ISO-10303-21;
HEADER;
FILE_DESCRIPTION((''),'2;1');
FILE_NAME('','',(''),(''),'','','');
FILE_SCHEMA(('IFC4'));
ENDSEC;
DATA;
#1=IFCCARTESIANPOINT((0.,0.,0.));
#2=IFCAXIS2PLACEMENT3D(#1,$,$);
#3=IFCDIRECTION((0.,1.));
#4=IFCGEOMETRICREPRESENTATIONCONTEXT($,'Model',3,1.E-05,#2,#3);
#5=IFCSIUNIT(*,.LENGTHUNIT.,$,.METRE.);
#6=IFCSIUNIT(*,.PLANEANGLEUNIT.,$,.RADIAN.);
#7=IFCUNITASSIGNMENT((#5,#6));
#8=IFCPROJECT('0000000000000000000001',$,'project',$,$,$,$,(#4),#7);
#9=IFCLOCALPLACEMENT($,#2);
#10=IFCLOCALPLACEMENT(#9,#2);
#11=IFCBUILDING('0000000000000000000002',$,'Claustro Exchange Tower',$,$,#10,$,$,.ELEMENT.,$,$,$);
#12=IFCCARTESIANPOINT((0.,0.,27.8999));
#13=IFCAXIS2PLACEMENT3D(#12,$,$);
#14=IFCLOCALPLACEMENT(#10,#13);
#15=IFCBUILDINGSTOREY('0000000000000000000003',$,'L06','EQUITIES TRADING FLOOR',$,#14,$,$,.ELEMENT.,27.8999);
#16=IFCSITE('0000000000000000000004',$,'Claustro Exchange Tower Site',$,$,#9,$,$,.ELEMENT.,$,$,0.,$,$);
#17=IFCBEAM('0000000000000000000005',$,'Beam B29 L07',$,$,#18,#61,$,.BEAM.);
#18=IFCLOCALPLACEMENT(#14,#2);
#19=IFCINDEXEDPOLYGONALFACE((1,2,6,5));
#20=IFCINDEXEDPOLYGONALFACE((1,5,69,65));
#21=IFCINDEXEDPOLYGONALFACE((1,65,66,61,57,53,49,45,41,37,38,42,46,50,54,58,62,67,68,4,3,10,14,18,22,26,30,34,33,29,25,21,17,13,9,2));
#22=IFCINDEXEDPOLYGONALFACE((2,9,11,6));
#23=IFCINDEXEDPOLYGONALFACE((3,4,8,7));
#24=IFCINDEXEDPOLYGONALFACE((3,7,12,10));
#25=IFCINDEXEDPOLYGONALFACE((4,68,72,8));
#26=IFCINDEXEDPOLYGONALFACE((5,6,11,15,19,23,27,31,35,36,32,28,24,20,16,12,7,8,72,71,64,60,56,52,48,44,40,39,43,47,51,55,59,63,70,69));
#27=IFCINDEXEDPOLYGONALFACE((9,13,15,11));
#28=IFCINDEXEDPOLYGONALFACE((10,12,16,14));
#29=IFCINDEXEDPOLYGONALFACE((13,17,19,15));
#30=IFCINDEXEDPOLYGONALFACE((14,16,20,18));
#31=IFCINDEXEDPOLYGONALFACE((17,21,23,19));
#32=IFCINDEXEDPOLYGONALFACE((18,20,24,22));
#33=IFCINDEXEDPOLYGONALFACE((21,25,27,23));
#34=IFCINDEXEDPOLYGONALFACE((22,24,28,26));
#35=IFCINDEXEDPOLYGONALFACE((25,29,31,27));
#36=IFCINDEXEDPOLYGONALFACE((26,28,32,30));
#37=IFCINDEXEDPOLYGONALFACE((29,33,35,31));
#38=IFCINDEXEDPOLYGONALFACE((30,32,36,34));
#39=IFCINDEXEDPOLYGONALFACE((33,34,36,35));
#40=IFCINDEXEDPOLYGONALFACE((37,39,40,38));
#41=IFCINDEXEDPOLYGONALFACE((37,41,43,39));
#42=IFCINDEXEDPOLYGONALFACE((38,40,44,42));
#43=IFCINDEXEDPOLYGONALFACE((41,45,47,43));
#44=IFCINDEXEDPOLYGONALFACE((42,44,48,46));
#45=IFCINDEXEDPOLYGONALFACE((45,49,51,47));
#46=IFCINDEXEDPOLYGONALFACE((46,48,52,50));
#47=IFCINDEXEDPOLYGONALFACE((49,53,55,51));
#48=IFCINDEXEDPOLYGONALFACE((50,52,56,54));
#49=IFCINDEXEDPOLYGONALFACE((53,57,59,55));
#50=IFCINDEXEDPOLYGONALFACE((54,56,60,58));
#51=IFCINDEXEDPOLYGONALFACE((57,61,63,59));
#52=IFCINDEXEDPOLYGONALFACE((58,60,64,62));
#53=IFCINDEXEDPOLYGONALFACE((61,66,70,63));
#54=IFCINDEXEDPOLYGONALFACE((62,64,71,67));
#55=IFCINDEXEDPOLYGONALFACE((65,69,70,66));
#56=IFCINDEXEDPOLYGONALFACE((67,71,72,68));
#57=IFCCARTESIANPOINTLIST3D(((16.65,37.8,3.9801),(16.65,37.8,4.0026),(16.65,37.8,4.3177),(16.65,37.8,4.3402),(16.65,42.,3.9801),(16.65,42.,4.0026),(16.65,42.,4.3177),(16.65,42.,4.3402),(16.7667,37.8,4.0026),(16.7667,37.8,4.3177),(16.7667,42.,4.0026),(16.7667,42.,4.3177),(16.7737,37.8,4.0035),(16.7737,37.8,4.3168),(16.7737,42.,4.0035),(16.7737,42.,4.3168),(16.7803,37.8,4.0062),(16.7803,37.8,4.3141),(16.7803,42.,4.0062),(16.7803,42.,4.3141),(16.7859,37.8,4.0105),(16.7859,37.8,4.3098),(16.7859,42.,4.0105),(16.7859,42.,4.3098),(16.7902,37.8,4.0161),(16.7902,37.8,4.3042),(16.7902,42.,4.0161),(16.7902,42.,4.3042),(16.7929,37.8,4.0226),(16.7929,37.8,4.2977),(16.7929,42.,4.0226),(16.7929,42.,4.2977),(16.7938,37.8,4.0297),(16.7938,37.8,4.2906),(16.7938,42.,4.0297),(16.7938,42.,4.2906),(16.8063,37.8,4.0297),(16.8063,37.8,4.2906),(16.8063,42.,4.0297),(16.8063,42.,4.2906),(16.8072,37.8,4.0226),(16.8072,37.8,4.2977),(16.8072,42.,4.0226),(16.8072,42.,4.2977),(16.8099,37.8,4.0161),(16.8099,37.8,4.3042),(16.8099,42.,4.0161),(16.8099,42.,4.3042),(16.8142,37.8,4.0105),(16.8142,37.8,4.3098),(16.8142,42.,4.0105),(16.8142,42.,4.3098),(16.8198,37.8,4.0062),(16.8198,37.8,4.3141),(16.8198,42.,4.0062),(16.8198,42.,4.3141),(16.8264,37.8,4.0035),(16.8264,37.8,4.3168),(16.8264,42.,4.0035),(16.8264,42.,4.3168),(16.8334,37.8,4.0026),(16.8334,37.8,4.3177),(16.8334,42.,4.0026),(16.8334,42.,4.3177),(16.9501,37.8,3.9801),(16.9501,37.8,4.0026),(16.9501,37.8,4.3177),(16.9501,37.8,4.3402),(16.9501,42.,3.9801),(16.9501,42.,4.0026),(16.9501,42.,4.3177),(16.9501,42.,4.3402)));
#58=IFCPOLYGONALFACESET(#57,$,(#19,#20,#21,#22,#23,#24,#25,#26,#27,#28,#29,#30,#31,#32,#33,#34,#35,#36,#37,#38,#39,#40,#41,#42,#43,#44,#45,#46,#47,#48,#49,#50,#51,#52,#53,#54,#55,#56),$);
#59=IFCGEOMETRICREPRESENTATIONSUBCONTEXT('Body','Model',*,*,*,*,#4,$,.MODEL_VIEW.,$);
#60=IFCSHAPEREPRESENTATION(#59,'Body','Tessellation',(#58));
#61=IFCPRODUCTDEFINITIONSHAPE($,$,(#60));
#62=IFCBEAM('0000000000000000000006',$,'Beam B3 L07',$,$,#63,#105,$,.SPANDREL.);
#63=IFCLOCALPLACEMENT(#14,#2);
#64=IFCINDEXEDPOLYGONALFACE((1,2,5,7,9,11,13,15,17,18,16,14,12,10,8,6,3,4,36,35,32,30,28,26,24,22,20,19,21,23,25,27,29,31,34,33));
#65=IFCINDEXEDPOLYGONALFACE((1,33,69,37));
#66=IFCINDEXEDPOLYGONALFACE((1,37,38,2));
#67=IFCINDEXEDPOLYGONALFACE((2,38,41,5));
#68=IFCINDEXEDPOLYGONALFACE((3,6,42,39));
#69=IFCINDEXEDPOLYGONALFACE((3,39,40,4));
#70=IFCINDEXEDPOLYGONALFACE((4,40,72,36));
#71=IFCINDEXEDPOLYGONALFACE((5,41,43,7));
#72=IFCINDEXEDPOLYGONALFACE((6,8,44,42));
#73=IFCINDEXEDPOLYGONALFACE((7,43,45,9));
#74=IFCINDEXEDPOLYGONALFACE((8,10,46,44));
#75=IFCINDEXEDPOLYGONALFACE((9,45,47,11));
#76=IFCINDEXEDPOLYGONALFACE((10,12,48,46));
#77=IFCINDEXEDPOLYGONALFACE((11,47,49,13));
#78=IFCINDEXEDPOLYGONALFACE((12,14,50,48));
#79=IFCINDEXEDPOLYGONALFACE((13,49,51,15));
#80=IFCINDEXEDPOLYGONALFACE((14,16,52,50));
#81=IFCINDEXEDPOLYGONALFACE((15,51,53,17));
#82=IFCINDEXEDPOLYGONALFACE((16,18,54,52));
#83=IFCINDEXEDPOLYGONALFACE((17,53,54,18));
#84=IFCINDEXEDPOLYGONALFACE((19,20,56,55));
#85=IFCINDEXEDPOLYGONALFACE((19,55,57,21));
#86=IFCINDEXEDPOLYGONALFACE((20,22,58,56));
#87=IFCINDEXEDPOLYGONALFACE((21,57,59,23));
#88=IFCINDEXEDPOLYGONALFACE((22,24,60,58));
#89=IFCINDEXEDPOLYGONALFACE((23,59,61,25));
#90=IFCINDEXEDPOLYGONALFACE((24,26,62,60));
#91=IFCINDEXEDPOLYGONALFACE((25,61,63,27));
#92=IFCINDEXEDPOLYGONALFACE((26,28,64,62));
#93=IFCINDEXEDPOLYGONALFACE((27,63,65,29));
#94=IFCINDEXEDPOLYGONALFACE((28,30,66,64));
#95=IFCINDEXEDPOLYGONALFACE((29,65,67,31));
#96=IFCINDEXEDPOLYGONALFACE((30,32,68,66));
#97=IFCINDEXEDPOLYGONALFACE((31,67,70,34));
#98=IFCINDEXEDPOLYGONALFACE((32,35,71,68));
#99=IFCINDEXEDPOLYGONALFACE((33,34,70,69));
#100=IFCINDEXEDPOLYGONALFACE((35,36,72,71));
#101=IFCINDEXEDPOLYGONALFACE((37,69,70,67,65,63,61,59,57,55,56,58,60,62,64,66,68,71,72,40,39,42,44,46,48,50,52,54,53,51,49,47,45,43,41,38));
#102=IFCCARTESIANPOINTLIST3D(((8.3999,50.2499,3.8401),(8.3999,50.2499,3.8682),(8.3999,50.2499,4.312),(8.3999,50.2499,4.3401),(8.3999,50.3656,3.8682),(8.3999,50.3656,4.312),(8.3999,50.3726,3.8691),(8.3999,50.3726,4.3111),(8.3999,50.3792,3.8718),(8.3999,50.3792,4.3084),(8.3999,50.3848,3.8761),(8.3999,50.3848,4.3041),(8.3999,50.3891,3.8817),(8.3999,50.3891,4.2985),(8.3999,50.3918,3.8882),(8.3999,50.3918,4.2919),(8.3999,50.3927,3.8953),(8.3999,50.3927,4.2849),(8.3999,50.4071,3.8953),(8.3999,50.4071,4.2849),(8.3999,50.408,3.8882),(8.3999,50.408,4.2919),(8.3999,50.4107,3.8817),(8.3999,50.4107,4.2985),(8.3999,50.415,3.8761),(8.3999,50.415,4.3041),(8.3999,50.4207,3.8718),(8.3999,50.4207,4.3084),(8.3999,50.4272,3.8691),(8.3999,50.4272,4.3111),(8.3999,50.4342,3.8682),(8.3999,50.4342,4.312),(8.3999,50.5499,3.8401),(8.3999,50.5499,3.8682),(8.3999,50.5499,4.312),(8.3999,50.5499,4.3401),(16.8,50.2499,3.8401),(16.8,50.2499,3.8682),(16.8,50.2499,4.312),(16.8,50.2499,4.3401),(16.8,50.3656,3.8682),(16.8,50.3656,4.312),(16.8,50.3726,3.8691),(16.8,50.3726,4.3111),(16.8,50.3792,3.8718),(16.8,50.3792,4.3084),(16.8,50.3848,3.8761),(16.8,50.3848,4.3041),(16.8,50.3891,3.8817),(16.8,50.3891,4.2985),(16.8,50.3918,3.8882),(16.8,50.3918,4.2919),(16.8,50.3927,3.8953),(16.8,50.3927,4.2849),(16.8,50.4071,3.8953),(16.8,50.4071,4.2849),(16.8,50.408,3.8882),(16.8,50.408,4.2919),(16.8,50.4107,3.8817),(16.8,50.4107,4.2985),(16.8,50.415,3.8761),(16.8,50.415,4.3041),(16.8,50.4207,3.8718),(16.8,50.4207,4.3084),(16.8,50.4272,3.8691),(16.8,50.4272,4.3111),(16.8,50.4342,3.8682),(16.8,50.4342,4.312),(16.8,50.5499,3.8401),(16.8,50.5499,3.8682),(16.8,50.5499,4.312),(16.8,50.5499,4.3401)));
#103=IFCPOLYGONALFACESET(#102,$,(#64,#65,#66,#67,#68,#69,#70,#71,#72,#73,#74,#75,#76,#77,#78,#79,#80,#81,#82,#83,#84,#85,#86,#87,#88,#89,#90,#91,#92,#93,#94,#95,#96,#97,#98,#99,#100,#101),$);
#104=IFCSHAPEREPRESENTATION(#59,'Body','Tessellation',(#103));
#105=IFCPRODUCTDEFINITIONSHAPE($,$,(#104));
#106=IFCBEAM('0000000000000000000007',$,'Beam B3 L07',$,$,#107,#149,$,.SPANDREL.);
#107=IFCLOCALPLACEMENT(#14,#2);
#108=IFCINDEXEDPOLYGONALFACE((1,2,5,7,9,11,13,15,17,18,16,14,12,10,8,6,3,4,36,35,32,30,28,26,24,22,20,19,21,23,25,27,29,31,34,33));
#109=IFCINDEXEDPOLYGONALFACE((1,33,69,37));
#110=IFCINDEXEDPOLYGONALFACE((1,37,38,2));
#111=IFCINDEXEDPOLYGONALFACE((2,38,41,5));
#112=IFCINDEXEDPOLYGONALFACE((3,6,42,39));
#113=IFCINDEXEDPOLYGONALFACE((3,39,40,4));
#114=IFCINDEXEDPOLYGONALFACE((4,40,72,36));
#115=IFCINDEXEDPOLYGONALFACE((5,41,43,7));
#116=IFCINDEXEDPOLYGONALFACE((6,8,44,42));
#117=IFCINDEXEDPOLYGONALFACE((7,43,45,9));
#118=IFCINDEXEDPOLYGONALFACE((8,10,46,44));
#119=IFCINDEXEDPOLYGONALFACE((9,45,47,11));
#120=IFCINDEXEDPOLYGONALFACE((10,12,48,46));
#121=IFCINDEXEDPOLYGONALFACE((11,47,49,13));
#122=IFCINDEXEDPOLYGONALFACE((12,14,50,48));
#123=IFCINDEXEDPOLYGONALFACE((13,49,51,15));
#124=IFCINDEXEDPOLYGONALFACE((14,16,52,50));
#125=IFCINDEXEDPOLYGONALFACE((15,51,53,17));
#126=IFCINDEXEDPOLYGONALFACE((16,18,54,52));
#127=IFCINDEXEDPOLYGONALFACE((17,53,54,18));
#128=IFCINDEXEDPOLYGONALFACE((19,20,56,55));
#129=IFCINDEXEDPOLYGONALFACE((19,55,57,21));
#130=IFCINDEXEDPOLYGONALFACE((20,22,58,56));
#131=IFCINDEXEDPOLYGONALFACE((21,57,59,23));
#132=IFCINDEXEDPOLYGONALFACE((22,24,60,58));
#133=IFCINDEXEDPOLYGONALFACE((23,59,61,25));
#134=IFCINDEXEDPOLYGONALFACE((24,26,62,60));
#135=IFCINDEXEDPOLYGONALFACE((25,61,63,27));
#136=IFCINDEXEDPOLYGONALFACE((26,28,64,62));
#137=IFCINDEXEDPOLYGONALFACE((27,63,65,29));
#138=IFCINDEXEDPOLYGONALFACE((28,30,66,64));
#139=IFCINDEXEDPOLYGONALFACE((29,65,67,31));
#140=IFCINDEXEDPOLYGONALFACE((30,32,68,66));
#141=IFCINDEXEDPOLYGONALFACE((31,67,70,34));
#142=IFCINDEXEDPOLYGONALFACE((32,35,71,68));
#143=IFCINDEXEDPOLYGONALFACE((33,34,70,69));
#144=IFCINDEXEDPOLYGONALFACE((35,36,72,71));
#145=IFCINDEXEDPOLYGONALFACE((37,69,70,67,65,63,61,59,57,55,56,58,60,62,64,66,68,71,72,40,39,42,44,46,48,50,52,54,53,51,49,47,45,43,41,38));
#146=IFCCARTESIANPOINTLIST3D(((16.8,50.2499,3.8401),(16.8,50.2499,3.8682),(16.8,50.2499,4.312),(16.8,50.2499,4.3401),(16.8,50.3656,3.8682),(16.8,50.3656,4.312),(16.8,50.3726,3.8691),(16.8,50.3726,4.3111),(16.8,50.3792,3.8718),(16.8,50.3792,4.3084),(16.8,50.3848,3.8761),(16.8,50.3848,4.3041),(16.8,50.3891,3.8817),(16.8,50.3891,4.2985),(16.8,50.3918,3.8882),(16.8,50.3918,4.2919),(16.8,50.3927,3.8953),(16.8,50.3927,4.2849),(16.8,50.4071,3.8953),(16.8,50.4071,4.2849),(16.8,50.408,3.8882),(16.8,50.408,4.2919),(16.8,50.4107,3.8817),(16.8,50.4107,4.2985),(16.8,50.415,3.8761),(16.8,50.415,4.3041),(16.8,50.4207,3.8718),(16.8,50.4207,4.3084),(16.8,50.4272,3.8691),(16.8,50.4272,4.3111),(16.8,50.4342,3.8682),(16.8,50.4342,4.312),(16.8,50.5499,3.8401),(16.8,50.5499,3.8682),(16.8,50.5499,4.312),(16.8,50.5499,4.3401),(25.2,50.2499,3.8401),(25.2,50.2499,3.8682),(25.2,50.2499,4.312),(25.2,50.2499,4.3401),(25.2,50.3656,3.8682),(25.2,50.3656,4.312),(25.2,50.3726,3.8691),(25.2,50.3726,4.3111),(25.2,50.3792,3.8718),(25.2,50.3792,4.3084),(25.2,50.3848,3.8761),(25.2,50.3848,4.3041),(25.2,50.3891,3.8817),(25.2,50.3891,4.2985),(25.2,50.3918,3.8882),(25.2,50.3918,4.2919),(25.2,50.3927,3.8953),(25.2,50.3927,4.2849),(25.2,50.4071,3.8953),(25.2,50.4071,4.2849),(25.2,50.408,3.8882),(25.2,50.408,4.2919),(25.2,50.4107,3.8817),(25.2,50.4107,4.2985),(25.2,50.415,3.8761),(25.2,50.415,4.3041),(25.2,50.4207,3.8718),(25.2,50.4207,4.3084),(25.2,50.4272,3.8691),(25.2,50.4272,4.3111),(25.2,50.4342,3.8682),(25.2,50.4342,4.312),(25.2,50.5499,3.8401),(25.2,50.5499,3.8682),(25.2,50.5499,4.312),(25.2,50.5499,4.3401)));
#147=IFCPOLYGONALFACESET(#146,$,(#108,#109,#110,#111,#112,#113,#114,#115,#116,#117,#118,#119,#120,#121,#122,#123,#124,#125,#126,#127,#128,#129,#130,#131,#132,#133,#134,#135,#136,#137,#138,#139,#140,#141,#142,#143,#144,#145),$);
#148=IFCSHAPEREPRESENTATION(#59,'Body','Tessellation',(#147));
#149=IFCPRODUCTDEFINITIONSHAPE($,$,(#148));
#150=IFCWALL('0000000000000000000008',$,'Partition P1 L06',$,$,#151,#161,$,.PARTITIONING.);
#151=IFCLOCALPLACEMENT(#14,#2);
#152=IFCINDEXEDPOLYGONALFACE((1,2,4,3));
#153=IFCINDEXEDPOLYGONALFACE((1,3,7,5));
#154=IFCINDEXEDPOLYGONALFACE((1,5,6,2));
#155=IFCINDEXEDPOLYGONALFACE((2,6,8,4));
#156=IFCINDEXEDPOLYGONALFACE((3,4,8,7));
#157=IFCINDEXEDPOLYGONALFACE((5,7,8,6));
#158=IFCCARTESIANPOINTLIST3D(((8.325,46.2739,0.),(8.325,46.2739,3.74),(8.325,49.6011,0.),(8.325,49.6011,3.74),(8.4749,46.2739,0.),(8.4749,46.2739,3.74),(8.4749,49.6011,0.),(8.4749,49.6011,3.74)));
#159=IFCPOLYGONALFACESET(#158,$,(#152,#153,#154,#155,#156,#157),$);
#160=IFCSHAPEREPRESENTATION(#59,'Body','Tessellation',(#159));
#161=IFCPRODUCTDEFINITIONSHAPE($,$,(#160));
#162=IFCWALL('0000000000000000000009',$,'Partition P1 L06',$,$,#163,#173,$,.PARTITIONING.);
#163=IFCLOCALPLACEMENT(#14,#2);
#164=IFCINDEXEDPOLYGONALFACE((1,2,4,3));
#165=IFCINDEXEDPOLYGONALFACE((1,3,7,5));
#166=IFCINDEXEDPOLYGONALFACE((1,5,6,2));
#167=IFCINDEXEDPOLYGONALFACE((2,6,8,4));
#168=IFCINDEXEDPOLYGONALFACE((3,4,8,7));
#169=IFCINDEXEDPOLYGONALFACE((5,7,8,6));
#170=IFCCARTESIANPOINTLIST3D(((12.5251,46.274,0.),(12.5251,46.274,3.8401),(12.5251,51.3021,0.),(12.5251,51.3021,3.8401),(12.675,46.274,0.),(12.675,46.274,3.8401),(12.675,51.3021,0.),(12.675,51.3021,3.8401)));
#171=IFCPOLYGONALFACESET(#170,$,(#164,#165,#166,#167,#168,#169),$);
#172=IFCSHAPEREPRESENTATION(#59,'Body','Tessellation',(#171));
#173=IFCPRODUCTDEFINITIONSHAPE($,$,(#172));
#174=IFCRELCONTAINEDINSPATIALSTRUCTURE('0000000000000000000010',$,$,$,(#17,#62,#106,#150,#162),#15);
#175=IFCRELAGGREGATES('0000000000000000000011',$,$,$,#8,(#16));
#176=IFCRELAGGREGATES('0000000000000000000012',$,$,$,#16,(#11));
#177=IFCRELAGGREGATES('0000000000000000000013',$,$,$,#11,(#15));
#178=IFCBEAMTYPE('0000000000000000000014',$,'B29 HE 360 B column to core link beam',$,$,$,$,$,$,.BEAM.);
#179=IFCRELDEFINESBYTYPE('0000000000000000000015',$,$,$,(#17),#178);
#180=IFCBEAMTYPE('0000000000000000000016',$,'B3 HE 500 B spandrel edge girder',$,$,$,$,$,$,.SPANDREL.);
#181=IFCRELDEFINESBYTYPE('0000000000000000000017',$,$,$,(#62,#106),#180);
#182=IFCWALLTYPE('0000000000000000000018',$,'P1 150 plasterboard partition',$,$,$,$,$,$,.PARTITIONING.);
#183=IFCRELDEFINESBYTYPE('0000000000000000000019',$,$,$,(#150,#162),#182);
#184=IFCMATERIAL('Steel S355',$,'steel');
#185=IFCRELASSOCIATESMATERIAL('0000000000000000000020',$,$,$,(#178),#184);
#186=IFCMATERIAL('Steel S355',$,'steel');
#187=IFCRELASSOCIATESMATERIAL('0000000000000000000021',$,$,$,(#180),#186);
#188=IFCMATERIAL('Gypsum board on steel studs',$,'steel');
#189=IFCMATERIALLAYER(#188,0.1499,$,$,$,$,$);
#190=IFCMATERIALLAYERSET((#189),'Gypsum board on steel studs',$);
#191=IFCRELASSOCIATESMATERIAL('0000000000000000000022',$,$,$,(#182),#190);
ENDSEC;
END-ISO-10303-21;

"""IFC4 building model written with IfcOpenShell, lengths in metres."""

from ifc_helpers import new_model, si_unit, direction, frame, frame_2d, origin, origin_2d, place, context, subcontext, project, spatial, rectangle, i_section, extrude, material, layer, layer_set, material_profile, profile_set, type_object, element, save


model = new_model("IFC4")

# Units and contexts
model_context = context("Model", 3, precision=1e-05, world=origin(), true_north=direction((0.0, 1.0)))
body_context = subcontext(model_context, "Body", "Model", "MODEL_VIEW")
ifc_project = project(units=[si_unit("LENGTHUNIT", "METRE"), si_unit("PLANEANGLEUNIT", "RADIAN")], contexts=[model_context])

# Site, building, storey
site_placement = place(None, origin())
site = spatial("IfcSite", under=ifc_project, at=site_placement, Name="Claustro Exchange Tower Site", CompositionType="ELEMENT", RefElevation=0.0)
building_placement = place(site_placement, origin())
building = spatial("IfcBuilding", under=site, at=building_placement, Name="Claustro Exchange Tower", CompositionType="ELEMENT")
storey_placement = place(building_placement, frame((0.0, 0.0, 27.8999)))
storey = spatial("IfcBuildingStorey", under=building, at=storey_placement, Name="L06", Description="EQUITIES TRADING FLOOR", CompositionType="ELEMENT", Elevation=27.8999)

# Beams
ifc_material_1 = material(Name="Steel S355", Category="steel")
ifc_material_profile_1 = material_profile(ifc_material_1, i_section(OverallWidth=0.3, OverallDepth=0.3601, WebThickness=0.0125, FlangeThickness=0.0225, FilletRadius=0.0271, at=origin_2d()), Name="HE 360 B")
ifc_profile_set_1 = profile_set([ifc_material_profile_1], Name="Steel S355")
beam_type_1 = type_object("IfcBeamType", Name="B29 HE 360 B column to core link beam", PredefinedType="BEAM", material=ifc_profile_set_1)
for number, where, z_axis, x_axis, name in (
    (1, (16.8, 37.8, 4.1602), (0.0, 1.0, 0.0), (-1.0, 0.0, 0.0), "Beam B29 L07"),
):
    element("IfcBeam", number, at=place(storey_placement, frame(where, z_axis=z_axis, x_axis=x_axis)), inside=storey, type_object=beam_type_1, Name=name, PredefinedType="BEAM", context=body_context, shape_type="SweptSolid", body=[
        extrude(i_section(OverallWidth=0.3, OverallDepth=0.3601, WebThickness=0.0125, FlangeThickness=0.0225, FilletRadius=0.0271, at=origin_2d()), origin(), (0.0, 0.0, 1.0), 4.2),
    ])
ifc_material_2 = material(Name="Steel S355", Category="steel")
ifc_material_profile_2 = material_profile(ifc_material_2, i_section(OverallWidth=0.3, OverallDepth=0.5, WebThickness=0.0144, FlangeThickness=0.0281, FilletRadius=0.0271, at=origin_2d()), Name="HE 500 B")
ifc_profile_set_2 = profile_set([ifc_material_profile_2], Name="Steel S355")
beam_type_2 = type_object("IfcBeamType", Name="B3 HE 500 B spandrel edge girder", PredefinedType="SPANDREL", material=ifc_profile_set_2)
beam_1_placement = place(storey_placement, frame((8.3999, 50.3999, 4.0901), z_axis=(1.0, 0.0, 0.0), x_axis=(0.0, 1.0, 0.0)))
element("IfcBeam", 2, at=beam_1_placement, inside=storey, type_object=beam_type_2, Name="Beam B3 L07", PredefinedType="SPANDREL", context=body_context, shape_type="SweptSolid", body=[
    extrude(i_section(OverallWidth=0.3, OverallDepth=0.5, WebThickness=0.0144, FlangeThickness=0.0281, FilletRadius=0.0271, at=origin_2d()), origin(), (0.0, 0.0, 1.0), 8.4001),
])
beam_2_placement = place(storey_placement, frame((16.8, 50.3999, 4.0901), z_axis=(1.0, 0.0, 0.0), x_axis=(0.0, 1.0, 0.0)))
element("IfcBeam", 3, at=beam_2_placement, inside=storey, type_object=beam_type_2, Name="Beam B3 L07", PredefinedType="SPANDREL", context=body_context, shape_type="SweptSolid", body=[
    extrude(i_section(OverallWidth=0.3, OverallDepth=0.5, WebThickness=0.0144, FlangeThickness=0.0281, FilletRadius=0.0271, at=origin_2d()), origin(), (0.0, 0.0, 1.0), 8.3999),
])

# Walls
ifc_material_3 = material(Name="Gypsum board on steel studs", Category="steel")
ifc_layer_1 = layer(ifc_material_3, 0.1499)
ifc_layer_set_1 = layer_set([ifc_layer_1], Name="Gypsum board on steel studs")
wall_type_1 = type_object("IfcWallType", Name="P1 150 plasterboard partition", PredefinedType="PARTITIONING", material=ifc_layer_set_1)
wall_1_placement = place(storey_placement, frame((8.3999, 46.2739, 0.0), z_axis=(0.0, 0.0, 1.0), x_axis=(0.0, 1.0, 0.0)))
element("IfcWall", 4, at=wall_1_placement, inside=storey, type_object=wall_type_1, Name="Partition P1 L06", PredefinedType="PARTITIONING", context=body_context, shape_type="SweptSolid", body=[
    extrude(rectangle(XDim=3.3271, YDim=0.1499, at=frame_2d((1.6636, 0.0))), origin(), (0.0, 0.0, 1.0), 3.74),
])
wall_2_placement = place(storey_placement, frame((12.6001, 46.2739, 0.0), z_axis=(0.0, 0.0, 1.0), x_axis=(0.0, 1.0, 0.0)))
element("IfcWall", 5, at=wall_2_placement, inside=storey, type_object=wall_type_1, Name="Partition P1 L06", PredefinedType="PARTITIONING", context=body_context, shape_type="SweptSolid", body=[
    extrude(rectangle(XDim=5.0281, YDim=0.1499, at=frame_2d((2.5142, 0.0))), origin(), (0.0, 0.0, 1.0), 3.8401),
])

save(model, "model.ifc")
